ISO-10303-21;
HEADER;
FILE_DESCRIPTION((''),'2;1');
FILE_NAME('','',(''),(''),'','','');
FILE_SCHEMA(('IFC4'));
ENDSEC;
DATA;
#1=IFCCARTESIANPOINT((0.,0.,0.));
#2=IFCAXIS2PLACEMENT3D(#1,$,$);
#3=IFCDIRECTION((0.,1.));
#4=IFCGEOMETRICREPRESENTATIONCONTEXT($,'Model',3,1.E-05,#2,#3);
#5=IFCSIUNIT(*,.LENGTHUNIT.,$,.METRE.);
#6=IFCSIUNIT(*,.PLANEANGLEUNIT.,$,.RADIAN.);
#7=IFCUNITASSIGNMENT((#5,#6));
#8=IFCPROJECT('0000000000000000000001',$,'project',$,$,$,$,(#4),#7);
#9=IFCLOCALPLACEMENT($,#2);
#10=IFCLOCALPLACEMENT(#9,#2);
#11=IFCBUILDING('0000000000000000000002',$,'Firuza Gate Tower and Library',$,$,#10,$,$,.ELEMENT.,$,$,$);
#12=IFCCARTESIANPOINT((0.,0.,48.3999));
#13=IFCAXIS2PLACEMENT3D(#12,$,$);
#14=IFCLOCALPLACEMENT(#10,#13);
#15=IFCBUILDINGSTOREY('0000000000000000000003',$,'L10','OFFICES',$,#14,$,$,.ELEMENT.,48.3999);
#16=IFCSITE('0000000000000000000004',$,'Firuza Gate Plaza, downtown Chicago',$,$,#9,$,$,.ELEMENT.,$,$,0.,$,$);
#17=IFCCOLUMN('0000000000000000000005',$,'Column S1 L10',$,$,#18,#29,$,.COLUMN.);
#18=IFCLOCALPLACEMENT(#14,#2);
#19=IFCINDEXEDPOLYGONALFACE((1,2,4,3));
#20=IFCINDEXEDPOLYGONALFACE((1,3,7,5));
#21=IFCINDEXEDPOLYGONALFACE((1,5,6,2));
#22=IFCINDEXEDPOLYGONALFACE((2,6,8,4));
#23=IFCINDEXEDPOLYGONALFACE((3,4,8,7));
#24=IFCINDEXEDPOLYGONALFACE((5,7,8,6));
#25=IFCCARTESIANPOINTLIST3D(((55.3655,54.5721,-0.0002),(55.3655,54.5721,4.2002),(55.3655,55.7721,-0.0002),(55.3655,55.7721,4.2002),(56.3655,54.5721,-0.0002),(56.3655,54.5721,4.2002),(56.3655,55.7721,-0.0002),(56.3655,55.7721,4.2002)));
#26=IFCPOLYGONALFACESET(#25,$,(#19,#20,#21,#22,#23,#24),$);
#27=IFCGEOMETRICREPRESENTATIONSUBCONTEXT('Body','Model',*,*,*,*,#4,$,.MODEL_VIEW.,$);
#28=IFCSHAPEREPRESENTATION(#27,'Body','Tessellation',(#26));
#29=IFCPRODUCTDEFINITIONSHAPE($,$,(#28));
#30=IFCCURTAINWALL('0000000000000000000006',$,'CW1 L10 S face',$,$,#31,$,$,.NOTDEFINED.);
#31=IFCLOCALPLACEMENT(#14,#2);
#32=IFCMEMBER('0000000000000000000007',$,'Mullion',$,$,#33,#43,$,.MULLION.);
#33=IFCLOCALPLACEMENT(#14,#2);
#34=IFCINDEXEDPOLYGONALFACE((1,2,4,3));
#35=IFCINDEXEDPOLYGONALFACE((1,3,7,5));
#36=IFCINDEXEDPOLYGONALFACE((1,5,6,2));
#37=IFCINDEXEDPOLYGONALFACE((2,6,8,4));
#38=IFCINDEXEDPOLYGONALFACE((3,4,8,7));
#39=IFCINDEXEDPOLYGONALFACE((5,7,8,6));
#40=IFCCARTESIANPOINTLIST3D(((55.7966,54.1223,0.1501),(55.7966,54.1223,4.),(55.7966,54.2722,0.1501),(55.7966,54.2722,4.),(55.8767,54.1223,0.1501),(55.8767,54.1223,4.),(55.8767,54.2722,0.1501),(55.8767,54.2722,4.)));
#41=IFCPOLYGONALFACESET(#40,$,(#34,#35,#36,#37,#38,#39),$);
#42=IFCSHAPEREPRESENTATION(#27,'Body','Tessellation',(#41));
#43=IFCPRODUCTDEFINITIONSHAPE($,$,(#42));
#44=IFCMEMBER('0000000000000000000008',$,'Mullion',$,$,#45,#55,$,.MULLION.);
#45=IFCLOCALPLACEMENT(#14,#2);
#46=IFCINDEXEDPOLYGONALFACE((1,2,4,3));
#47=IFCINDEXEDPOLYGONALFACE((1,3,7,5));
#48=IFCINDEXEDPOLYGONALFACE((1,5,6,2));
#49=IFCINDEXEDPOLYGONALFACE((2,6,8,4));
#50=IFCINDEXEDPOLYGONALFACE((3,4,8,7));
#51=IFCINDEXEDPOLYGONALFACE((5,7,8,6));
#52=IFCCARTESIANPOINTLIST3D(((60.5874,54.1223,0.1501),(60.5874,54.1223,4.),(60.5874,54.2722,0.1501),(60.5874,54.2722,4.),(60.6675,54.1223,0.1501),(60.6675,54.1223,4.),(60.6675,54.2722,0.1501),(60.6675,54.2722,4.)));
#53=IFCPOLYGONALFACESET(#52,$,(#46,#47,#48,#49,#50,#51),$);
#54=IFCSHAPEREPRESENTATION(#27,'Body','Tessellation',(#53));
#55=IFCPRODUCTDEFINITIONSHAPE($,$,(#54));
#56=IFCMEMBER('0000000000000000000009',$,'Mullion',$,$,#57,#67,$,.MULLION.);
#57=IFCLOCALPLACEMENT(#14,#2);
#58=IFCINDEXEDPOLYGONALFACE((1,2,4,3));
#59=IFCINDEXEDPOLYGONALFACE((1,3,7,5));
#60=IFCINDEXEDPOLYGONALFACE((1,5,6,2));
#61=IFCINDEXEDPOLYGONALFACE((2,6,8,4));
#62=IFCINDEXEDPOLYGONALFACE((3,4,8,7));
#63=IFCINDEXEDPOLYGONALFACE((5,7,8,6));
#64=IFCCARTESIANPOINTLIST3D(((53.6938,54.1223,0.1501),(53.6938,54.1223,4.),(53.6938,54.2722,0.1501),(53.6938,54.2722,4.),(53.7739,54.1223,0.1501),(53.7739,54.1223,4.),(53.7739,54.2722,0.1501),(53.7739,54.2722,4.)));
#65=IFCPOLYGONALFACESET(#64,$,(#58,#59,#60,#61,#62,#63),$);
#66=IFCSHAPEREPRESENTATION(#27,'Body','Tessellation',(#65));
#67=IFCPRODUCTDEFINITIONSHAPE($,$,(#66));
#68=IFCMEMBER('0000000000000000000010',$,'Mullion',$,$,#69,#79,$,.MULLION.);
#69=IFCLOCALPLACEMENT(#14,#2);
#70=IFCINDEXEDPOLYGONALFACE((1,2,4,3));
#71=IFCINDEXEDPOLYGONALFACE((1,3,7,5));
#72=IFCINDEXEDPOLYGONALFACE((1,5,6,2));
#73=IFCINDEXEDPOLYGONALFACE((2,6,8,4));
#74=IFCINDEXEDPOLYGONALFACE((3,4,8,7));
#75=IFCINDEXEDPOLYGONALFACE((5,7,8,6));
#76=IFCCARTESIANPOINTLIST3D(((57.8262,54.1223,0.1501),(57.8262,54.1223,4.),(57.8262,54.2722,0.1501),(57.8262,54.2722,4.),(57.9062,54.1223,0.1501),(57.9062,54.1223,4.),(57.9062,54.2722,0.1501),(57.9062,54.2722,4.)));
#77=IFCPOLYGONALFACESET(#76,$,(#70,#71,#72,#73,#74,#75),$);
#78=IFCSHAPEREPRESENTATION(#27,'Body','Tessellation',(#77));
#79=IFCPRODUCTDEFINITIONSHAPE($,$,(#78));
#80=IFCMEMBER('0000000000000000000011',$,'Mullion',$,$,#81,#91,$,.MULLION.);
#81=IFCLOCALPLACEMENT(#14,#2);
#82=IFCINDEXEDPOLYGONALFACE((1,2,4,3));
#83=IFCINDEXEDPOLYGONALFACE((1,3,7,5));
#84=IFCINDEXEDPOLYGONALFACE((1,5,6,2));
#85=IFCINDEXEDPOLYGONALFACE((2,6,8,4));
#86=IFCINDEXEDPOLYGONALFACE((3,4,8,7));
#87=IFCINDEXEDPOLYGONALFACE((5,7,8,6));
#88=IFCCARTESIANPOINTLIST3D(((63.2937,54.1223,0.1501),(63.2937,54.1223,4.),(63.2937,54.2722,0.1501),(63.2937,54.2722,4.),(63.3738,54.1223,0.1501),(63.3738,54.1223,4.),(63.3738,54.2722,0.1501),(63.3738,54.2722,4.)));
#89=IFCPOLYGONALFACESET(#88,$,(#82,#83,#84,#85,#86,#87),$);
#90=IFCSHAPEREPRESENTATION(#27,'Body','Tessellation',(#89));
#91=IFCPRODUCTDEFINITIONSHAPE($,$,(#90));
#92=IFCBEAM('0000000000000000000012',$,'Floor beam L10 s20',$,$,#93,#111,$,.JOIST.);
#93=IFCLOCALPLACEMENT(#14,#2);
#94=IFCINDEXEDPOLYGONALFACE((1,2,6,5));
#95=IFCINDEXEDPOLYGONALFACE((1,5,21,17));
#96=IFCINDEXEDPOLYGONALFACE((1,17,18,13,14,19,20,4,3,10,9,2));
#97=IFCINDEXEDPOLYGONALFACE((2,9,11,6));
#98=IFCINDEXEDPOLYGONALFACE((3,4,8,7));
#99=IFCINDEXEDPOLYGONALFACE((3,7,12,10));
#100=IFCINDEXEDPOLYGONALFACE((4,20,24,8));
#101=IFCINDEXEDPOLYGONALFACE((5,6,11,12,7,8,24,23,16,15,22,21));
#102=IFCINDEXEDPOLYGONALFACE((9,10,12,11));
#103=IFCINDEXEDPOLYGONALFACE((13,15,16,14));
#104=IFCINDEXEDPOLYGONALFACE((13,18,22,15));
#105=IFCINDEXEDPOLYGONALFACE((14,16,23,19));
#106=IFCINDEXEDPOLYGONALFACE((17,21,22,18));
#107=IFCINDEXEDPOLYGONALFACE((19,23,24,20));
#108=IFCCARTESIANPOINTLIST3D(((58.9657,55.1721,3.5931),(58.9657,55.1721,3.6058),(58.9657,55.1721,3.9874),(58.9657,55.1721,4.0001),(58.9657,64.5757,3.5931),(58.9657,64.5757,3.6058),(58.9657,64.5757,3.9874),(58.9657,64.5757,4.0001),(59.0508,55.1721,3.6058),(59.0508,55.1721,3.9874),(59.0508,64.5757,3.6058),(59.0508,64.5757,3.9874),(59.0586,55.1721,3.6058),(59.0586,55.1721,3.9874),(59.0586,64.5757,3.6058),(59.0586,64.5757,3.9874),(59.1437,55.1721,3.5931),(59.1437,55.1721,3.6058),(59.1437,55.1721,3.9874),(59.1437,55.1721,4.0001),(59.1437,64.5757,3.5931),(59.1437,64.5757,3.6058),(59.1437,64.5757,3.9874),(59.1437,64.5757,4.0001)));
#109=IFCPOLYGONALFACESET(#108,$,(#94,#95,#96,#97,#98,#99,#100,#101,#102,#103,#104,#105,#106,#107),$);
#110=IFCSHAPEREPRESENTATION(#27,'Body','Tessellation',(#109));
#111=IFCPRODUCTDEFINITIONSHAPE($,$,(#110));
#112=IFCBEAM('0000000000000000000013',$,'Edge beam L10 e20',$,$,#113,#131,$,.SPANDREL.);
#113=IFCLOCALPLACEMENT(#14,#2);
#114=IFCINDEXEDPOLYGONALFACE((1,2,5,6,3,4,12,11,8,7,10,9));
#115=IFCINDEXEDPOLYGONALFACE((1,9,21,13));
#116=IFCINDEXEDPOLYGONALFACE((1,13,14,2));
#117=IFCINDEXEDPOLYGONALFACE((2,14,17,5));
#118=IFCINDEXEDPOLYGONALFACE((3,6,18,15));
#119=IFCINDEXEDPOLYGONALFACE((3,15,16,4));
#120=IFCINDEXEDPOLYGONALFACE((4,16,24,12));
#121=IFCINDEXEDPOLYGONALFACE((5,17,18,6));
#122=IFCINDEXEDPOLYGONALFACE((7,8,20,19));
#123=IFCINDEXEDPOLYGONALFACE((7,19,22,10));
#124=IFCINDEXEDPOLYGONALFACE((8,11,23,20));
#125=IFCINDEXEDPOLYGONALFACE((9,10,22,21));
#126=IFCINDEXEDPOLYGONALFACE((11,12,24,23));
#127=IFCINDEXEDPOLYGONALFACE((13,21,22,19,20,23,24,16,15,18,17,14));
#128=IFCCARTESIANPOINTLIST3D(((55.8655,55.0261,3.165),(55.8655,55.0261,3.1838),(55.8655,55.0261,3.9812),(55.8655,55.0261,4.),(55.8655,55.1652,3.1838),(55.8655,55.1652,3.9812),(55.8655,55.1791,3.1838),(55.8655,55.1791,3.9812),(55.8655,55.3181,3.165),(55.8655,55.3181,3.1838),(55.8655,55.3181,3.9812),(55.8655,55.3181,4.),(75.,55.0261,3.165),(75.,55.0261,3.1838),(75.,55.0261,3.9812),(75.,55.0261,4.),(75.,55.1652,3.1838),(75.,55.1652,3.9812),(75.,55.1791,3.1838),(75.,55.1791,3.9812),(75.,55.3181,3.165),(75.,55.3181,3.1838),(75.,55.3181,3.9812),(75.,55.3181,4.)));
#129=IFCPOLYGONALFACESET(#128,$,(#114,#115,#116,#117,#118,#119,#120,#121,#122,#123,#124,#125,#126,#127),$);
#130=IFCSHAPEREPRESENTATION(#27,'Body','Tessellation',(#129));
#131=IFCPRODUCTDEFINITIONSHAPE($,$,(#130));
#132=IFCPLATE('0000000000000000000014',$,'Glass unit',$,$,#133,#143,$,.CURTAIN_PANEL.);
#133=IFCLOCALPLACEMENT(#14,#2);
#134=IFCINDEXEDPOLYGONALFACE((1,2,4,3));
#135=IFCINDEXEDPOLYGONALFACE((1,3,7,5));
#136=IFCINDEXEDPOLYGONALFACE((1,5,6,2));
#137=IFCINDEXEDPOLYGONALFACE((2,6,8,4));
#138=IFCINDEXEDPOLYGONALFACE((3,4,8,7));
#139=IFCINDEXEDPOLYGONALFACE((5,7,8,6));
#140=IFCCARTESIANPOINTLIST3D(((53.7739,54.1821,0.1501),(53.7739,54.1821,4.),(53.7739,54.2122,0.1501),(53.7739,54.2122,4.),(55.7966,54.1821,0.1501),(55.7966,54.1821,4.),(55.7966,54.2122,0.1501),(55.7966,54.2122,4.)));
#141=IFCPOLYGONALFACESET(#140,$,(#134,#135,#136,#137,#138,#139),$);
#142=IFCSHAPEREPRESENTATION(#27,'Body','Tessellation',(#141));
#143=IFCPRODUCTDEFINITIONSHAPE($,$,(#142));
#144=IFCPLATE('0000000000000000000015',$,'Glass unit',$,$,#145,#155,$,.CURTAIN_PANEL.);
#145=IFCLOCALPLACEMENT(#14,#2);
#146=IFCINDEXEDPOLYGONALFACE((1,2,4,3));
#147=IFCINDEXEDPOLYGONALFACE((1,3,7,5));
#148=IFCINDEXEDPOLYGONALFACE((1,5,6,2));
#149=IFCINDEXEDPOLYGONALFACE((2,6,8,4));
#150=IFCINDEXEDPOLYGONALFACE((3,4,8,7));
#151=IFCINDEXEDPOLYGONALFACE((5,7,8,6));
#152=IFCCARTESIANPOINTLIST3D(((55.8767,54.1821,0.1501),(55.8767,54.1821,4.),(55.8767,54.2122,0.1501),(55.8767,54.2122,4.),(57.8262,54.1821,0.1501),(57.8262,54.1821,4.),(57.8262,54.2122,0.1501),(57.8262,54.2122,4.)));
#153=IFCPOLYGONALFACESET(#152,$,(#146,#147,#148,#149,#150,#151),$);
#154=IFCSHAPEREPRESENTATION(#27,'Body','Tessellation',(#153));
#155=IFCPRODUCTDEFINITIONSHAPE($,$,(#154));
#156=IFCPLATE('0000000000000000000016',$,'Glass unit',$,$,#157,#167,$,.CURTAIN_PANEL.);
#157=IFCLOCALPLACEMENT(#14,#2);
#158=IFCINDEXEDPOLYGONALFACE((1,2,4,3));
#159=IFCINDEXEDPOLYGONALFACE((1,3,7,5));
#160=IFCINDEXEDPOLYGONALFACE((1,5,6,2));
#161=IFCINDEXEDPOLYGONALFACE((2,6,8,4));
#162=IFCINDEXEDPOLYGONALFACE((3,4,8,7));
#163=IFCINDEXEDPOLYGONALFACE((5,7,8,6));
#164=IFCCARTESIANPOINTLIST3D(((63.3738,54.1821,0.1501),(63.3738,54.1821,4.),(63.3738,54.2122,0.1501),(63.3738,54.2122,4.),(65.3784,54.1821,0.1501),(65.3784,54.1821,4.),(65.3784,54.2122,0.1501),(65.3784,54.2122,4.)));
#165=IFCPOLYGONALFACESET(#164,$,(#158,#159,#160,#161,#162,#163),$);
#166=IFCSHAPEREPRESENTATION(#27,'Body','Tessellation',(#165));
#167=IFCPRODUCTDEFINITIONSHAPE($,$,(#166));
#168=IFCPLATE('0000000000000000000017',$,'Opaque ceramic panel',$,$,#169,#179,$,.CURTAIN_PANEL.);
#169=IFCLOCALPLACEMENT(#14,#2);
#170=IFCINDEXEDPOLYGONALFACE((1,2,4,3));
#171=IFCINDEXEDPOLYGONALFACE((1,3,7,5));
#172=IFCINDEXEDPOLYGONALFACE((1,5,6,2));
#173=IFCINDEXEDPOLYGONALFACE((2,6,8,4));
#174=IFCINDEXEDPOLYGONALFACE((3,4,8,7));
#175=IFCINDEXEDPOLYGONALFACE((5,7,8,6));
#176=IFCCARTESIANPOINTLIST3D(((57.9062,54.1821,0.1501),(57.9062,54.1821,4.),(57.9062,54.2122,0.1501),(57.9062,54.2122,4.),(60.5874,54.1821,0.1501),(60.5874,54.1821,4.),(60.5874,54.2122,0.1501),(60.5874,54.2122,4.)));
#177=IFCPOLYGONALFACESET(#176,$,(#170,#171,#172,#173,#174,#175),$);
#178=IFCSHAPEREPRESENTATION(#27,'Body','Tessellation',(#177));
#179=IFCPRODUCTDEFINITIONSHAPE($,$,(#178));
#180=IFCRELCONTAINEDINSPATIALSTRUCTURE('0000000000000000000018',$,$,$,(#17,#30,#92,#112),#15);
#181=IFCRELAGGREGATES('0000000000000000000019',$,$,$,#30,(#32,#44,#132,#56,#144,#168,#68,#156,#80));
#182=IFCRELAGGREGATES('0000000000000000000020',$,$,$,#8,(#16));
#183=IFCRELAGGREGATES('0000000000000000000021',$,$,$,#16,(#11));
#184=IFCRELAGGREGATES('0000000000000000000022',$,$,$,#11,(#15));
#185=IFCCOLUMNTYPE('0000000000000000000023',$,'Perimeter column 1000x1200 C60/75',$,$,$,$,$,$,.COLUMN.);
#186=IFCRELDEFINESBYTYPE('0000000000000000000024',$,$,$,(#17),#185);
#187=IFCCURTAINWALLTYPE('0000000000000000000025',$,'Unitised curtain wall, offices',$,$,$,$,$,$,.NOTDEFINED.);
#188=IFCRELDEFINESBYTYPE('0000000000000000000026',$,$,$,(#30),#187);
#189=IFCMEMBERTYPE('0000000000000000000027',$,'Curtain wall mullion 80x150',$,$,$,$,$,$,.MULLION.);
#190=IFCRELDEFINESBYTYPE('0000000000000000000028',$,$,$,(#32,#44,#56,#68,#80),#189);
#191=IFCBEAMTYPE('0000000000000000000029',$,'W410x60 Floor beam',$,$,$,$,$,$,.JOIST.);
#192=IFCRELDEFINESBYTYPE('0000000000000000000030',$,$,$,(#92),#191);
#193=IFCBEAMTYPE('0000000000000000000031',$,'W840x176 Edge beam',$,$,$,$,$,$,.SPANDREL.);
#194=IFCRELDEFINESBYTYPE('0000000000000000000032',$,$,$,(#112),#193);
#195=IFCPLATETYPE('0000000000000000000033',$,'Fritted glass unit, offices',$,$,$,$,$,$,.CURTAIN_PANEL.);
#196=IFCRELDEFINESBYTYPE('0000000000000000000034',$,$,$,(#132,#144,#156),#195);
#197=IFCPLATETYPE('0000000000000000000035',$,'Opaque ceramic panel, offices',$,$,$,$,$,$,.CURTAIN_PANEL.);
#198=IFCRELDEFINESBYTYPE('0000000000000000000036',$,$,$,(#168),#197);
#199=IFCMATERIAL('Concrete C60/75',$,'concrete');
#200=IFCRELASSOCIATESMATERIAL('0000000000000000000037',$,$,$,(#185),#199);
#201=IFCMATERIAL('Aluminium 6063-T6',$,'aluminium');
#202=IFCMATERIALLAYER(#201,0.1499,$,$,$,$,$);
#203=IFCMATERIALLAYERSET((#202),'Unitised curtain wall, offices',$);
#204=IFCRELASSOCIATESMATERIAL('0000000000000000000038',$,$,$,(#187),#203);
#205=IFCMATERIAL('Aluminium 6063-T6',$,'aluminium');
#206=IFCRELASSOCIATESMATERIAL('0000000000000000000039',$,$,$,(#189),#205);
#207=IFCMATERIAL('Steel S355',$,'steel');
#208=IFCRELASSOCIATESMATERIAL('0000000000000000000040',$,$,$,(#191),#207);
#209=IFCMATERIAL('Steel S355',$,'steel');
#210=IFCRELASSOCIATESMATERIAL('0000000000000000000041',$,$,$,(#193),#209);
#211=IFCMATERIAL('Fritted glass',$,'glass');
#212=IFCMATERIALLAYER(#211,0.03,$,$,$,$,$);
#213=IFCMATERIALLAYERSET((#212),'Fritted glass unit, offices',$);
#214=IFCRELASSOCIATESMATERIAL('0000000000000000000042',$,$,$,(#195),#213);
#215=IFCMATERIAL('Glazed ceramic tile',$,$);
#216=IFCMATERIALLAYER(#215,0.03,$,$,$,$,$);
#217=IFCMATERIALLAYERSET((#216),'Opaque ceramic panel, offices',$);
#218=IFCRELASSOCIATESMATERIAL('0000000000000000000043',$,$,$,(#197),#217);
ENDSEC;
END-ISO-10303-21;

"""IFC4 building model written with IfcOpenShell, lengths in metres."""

from ifc_helpers import new_model, si_unit, direction, frame, origin, origin_2d, place, context, subcontext, project, spatial, polyline, rectangle, i_section, outline, extrude, material, layer, layer_set, material_profile, profile_set, type_object, element, aggregate, save


model = new_model("IFC4")

# Units and contexts
model_context = context("Model", 3, precision=1e-05, world=origin(), true_north=direction((0.0, 1.0)))
body_context = subcontext(model_context, "Body", "Model", "MODEL_VIEW")
ifc_project = project(units=[si_unit("LENGTHUNIT", "METRE"), si_unit("PLANEANGLEUNIT", "RADIAN")], contexts=[model_context])

# Site, building, storey
site_placement = place(None, origin())
site = spatial("IfcSite", under=ifc_project, at=site_placement, Name="Firuza Gate Plaza, downtown Chicago", CompositionType="ELEMENT", RefElevation=0.0)
building_placement = place(site_placement, origin())
building = spatial("IfcBuilding", under=site, at=building_placement, Name="Firuza Gate Tower and Library", CompositionType="ELEMENT")
storey_placement = place(building_placement, frame((0.0, 0.0, 48.3999)))
storey = spatial("IfcBuildingStorey", under=building, at=storey_placement, Name="L10", Description="OFFICES", CompositionType="ELEMENT", Elevation=48.3999)

# Column
ifc_material_1 = material(Name="Concrete C60/75", Category="concrete")
ifc_material_profile_1 = material_profile(ifc_material_1, rectangle(XDim=1.0, YDim=1.2, at=origin_2d()))
ifc_profile_set_1 = profile_set([ifc_material_profile_1], Name="Concrete C60/75")
column_type = type_object("IfcColumnType", Name="Perimeter column 1000x1200 C60/75", PredefinedType="COLUMN", material=ifc_profile_set_1)
column_placement = place(storey_placement, frame((55.8655, 55.1721, -0.0002), z_axis=(0.0, 0.0, 1.0), x_axis=(1.0, 0.0, 0.0)))
element("IfcColumn", 1, at=column_placement, inside=storey, type_object=column_type, Name="Column S1 L10", PredefinedType="COLUMN", context=body_context, shape_type="SweptSolid", body=[
    extrude(rectangle(XDim=1.0, YDim=1.2, at=origin_2d()), origin(), (0.0, 0.0, 1.0), 4.2004),
])

# Curtain wall, members
ifc_material_2 = material(Name="Aluminium 6063-T6", Category="aluminium")
ifc_layer_1 = layer(ifc_material_2, 0.1499)
ifc_layer_set_1 = layer_set([ifc_layer_1], Name="Unitised curtain wall, offices")
curtain_wall_type = type_object("IfcCurtainWallType", Name="Unitised curtain wall, offices", PredefinedType="NOTDEFINED", material=ifc_layer_set_1)
curtain_wall_placement = place(storey_placement, origin())
curtain_wall = element("IfcCurtainWall", 2, at=curtain_wall_placement, inside=storey, type_object=curtain_wall_type, Name="CW1 L10 S face", PredefinedType="NOTDEFINED")
ifc_material_3 = material(Name="Aluminium 6063-T6", Category="aluminium")
ifc_material_profile_2 = material_profile(ifc_material_3, rectangle(XDim=0.1499, YDim=0.0801, at=origin_2d()))
ifc_profile_set_2 = profile_set([ifc_material_profile_2], Name="Aluminium 6063-T6")
member_type = type_object("IfcMemberType", Name="Curtain wall mullion 80x150", PredefinedType="MULLION", material=ifc_profile_set_2)
member_1_placement = place(storey_placement, frame((55.8367, 54.1973, 0.1501), z_axis=(0.0, 0.0, 1.0), x_axis=(0.0, 1.0, 0.0)))
member_1 = element("IfcMember", 3, at=member_1_placement, type_object=member_type, Name="Mullion", PredefinedType="MULLION", context=body_context, shape_type="SweptSolid", body=[
    extrude(rectangle(XDim=0.1499, YDim=0.0801, at=origin_2d()), origin(), (0.0, 0.0, 1.0), 3.8499),
])
member_2_placement = place(storey_placement, frame((60.6274, 54.1973, 0.1501), z_axis=(0.0, 0.0, 1.0), x_axis=(0.0, 1.0, 0.0)))
member_2 = element("IfcMember", 4, at=member_2_placement, type_object=member_type, Name="Mullion", PredefinedType="MULLION", context=body_context, shape_type="SweptSolid", body=[
    extrude(rectangle(XDim=0.1499, YDim=0.0801, at=origin_2d()), origin(), (0.0, 0.0, 1.0), 3.8499),
])
member_3_placement = place(storey_placement, frame((53.7339, 54.1973, 0.1501), z_axis=(0.0, 0.0, 1.0), x_axis=(0.0, 1.0, 0.0)))
member_3 = element("IfcMember", 5, at=member_3_placement, type_object=member_type, Name="Mullion", PredefinedType="MULLION", context=body_context, shape_type="SweptSolid", body=[
    extrude(rectangle(XDim=0.1499, YDim=0.0801, at=origin_2d()), origin(), (0.0, 0.0, 1.0), 3.8499),
])
member_4_placement = place(storey_placement, frame((57.8662, 54.1973, 0.1501), z_axis=(0.0, 0.0, 1.0), x_axis=(0.0, 1.0, 0.0)))
member_4 = element("IfcMember", 6, at=member_4_placement, type_object=member_type, Name="Mullion", PredefinedType="MULLION", context=body_context, shape_type="SweptSolid", body=[
    extrude(rectangle(XDim=0.1499, YDim=0.0801, at=origin_2d()), origin(), (0.0, 0.0, 1.0), 3.8499),
])
member_5_placement = place(storey_placement, frame((63.3337, 54.1973, 0.1501), z_axis=(0.0, 0.0, 1.0), x_axis=(0.0, 1.0, 0.0)))
member_5 = element("IfcMember", 7, at=member_5_placement, type_object=member_type, Name="Mullion", PredefinedType="MULLION", context=body_context, shape_type="SweptSolid", body=[
    extrude(rectangle(XDim=0.1499, YDim=0.0801, at=origin_2d()), origin(), (0.0, 0.0, 1.0), 3.8499),
])

# Beams
ifc_material_4 = material(Name="Steel S355", Category="steel")
ifc_material_profile_3 = material_profile(ifc_material_4, i_section(OverallWidth=0.178, OverallDepth=0.407, WebThickness=0.0078, FlangeThickness=0.0127, at=origin_2d()))
ifc_profile_set_3 = profile_set([ifc_material_profile_3], Name="Steel S355")
beam_type_1 = type_object("IfcBeamType", Name="W410x60 Floor beam", PredefinedType="JOIST", material=ifc_profile_set_3)
beam_1_placement = place(storey_placement, frame((59.0547, 55.1721, 3.7966), z_axis=(0.0, 1.0, 0.0), x_axis=(-1.0, 0.0, 0.0)))
element("IfcBeam", 8, at=beam_1_placement, inside=storey, type_object=beam_type_1, Name="Floor beam L10 s20", PredefinedType="JOIST", context=body_context, shape_type="SweptSolid", body=[
    extrude(i_section(OverallWidth=0.178, OverallDepth=0.407, WebThickness=0.0078, FlangeThickness=0.0127, at=origin_2d()), origin(), (0.0, 0.0, 1.0), 9.4036),
])
ifc_material_5 = material(Name="Steel S355", Category="steel")
ifc_material_profile_4 = material_profile(ifc_material_5, i_section(OverallWidth=0.292, OverallDepth=0.835, WebThickness=0.0139, FlangeThickness=0.0188, at=origin_2d()))
ifc_profile_set_4 = profile_set([ifc_material_profile_4], Name="Steel S355")
beam_type_2 = type_object("IfcBeamType", Name="W840x176 Edge beam", PredefinedType="SPANDREL", material=ifc_profile_set_4)
beam_2_placement = place(storey_placement, frame((55.8655, 55.1721, 3.5825), z_axis=(1.0, 0.0, 0.0), x_axis=(0.0, 1.0, 0.0)))
element("IfcBeam", 9, at=beam_2_placement, inside=storey, type_object=beam_type_2, Name="Edge beam L10 e20", PredefinedType="SPANDREL", context=body_context, shape_type="SweptSolid", body=[
    extrude(i_section(OverallWidth=0.292, OverallDepth=0.835, WebThickness=0.0139, FlangeThickness=0.0188, at=origin_2d()), origin(), (0.0, 0.0, 1.0), 19.1345),
])

# Plates
ifc_material_6 = material(Name="Fritted glass", Category="glass")
ifc_layer_2 = layer(ifc_material_6, 0.03)
ifc_layer_set_2 = layer_set([ifc_layer_2], Name="Fritted glass unit, offices")
plate_type_1 = type_object("IfcPlateType", Name="Fritted glass unit, offices", PredefinedType="CURTAIN_PANEL", material=ifc_layer_set_2)
plate_1_placement = place(storey_placement, frame((53.7739, 54.1821, 0.1501), z_axis=(0.0, -1.0, 0.0), x_axis=(1.0, 0.0, 0.0)))
plate_1 = element("IfcPlate", 10, at=plate_1_placement, type_object=plate_type_1, Name="Glass unit", PredefinedType="CURTAIN_PANEL", context=body_context, shape_type="SweptSolid", body=[
    extrude(outline(polyline([(0.0, 0.0), (2.0227, 0.0), (2.0227, 3.8499), (0.0, 3.8499), (0.0, 0.0)])), origin(), (0.0, 0.0, -1.0), 0.03),
])
plate_2_placement = place(storey_placement, frame((55.8767, 54.1821, 0.1501), z_axis=(0.0, -1.0, 0.0), x_axis=(1.0, 0.0, 0.0)))
plate_2 = element("IfcPlate", 11, at=plate_2_placement, type_object=plate_type_1, Name="Glass unit", PredefinedType="CURTAIN_PANEL", context=body_context, shape_type="SweptSolid", body=[
    extrude(outline(polyline([(0.0, 0.0), (1.9495, 0.0), (1.9495, 3.8499), (0.0, 3.8499), (0.0, 0.0)])), origin(), (0.0, 0.0, -1.0), 0.03),
])
plate_3_placement = place(storey_placement, frame((63.3738, 54.1821, 0.1501), z_axis=(0.0, -1.0, 0.0), x_axis=(1.0, 0.0, 0.0)))
plate_3 = element("IfcPlate", 12, at=plate_3_placement, type_object=plate_type_1, Name="Glass unit", PredefinedType="CURTAIN_PANEL", context=body_context, shape_type="SweptSolid", body=[
    extrude(outline(polyline([(0.0, 0.0), (2.0046, 0.0), (2.0046, 3.8499), (0.0, 3.8499), (0.0, 0.0)])), origin(), (0.0, 0.0, -1.0), 0.03),
])
ifc_material_7 = material(Name="Glazed ceramic tile")
ifc_layer_3 = layer(ifc_material_7, 0.03)
ifc_layer_set_3 = layer_set([ifc_layer_3], Name="Opaque ceramic panel, offices")
plate_type_2 = type_object("IfcPlateType", Name="Opaque ceramic panel, offices", PredefinedType="CURTAIN_PANEL", material=ifc_layer_set_3)
plate_4_placement = place(storey_placement, frame((57.9062, 54.1821, 0.1501), z_axis=(0.0, -1.0, 0.0), x_axis=(1.0, 0.0, 0.0)))
plate_4 = element("IfcPlate", 13, at=plate_4_placement, type_object=plate_type_2, Name="Opaque ceramic panel", PredefinedType="CURTAIN_PANEL", context=body_context, shape_type="SweptSolid", body=[
    extrude(outline(polyline([(0.0, 0.0), (2.6812, 0.0), (2.6812, 3.8499), (0.0, 3.8499), (0.0, 0.0)])), origin(), (0.0, 0.0, -1.0), 0.03),
])
aggregate(curtain_wall, [member_1, member_2, plate_1, member_3, plate_2, plate_4, member_4, plate_3, member_5])

save(model, "model.ifc")
